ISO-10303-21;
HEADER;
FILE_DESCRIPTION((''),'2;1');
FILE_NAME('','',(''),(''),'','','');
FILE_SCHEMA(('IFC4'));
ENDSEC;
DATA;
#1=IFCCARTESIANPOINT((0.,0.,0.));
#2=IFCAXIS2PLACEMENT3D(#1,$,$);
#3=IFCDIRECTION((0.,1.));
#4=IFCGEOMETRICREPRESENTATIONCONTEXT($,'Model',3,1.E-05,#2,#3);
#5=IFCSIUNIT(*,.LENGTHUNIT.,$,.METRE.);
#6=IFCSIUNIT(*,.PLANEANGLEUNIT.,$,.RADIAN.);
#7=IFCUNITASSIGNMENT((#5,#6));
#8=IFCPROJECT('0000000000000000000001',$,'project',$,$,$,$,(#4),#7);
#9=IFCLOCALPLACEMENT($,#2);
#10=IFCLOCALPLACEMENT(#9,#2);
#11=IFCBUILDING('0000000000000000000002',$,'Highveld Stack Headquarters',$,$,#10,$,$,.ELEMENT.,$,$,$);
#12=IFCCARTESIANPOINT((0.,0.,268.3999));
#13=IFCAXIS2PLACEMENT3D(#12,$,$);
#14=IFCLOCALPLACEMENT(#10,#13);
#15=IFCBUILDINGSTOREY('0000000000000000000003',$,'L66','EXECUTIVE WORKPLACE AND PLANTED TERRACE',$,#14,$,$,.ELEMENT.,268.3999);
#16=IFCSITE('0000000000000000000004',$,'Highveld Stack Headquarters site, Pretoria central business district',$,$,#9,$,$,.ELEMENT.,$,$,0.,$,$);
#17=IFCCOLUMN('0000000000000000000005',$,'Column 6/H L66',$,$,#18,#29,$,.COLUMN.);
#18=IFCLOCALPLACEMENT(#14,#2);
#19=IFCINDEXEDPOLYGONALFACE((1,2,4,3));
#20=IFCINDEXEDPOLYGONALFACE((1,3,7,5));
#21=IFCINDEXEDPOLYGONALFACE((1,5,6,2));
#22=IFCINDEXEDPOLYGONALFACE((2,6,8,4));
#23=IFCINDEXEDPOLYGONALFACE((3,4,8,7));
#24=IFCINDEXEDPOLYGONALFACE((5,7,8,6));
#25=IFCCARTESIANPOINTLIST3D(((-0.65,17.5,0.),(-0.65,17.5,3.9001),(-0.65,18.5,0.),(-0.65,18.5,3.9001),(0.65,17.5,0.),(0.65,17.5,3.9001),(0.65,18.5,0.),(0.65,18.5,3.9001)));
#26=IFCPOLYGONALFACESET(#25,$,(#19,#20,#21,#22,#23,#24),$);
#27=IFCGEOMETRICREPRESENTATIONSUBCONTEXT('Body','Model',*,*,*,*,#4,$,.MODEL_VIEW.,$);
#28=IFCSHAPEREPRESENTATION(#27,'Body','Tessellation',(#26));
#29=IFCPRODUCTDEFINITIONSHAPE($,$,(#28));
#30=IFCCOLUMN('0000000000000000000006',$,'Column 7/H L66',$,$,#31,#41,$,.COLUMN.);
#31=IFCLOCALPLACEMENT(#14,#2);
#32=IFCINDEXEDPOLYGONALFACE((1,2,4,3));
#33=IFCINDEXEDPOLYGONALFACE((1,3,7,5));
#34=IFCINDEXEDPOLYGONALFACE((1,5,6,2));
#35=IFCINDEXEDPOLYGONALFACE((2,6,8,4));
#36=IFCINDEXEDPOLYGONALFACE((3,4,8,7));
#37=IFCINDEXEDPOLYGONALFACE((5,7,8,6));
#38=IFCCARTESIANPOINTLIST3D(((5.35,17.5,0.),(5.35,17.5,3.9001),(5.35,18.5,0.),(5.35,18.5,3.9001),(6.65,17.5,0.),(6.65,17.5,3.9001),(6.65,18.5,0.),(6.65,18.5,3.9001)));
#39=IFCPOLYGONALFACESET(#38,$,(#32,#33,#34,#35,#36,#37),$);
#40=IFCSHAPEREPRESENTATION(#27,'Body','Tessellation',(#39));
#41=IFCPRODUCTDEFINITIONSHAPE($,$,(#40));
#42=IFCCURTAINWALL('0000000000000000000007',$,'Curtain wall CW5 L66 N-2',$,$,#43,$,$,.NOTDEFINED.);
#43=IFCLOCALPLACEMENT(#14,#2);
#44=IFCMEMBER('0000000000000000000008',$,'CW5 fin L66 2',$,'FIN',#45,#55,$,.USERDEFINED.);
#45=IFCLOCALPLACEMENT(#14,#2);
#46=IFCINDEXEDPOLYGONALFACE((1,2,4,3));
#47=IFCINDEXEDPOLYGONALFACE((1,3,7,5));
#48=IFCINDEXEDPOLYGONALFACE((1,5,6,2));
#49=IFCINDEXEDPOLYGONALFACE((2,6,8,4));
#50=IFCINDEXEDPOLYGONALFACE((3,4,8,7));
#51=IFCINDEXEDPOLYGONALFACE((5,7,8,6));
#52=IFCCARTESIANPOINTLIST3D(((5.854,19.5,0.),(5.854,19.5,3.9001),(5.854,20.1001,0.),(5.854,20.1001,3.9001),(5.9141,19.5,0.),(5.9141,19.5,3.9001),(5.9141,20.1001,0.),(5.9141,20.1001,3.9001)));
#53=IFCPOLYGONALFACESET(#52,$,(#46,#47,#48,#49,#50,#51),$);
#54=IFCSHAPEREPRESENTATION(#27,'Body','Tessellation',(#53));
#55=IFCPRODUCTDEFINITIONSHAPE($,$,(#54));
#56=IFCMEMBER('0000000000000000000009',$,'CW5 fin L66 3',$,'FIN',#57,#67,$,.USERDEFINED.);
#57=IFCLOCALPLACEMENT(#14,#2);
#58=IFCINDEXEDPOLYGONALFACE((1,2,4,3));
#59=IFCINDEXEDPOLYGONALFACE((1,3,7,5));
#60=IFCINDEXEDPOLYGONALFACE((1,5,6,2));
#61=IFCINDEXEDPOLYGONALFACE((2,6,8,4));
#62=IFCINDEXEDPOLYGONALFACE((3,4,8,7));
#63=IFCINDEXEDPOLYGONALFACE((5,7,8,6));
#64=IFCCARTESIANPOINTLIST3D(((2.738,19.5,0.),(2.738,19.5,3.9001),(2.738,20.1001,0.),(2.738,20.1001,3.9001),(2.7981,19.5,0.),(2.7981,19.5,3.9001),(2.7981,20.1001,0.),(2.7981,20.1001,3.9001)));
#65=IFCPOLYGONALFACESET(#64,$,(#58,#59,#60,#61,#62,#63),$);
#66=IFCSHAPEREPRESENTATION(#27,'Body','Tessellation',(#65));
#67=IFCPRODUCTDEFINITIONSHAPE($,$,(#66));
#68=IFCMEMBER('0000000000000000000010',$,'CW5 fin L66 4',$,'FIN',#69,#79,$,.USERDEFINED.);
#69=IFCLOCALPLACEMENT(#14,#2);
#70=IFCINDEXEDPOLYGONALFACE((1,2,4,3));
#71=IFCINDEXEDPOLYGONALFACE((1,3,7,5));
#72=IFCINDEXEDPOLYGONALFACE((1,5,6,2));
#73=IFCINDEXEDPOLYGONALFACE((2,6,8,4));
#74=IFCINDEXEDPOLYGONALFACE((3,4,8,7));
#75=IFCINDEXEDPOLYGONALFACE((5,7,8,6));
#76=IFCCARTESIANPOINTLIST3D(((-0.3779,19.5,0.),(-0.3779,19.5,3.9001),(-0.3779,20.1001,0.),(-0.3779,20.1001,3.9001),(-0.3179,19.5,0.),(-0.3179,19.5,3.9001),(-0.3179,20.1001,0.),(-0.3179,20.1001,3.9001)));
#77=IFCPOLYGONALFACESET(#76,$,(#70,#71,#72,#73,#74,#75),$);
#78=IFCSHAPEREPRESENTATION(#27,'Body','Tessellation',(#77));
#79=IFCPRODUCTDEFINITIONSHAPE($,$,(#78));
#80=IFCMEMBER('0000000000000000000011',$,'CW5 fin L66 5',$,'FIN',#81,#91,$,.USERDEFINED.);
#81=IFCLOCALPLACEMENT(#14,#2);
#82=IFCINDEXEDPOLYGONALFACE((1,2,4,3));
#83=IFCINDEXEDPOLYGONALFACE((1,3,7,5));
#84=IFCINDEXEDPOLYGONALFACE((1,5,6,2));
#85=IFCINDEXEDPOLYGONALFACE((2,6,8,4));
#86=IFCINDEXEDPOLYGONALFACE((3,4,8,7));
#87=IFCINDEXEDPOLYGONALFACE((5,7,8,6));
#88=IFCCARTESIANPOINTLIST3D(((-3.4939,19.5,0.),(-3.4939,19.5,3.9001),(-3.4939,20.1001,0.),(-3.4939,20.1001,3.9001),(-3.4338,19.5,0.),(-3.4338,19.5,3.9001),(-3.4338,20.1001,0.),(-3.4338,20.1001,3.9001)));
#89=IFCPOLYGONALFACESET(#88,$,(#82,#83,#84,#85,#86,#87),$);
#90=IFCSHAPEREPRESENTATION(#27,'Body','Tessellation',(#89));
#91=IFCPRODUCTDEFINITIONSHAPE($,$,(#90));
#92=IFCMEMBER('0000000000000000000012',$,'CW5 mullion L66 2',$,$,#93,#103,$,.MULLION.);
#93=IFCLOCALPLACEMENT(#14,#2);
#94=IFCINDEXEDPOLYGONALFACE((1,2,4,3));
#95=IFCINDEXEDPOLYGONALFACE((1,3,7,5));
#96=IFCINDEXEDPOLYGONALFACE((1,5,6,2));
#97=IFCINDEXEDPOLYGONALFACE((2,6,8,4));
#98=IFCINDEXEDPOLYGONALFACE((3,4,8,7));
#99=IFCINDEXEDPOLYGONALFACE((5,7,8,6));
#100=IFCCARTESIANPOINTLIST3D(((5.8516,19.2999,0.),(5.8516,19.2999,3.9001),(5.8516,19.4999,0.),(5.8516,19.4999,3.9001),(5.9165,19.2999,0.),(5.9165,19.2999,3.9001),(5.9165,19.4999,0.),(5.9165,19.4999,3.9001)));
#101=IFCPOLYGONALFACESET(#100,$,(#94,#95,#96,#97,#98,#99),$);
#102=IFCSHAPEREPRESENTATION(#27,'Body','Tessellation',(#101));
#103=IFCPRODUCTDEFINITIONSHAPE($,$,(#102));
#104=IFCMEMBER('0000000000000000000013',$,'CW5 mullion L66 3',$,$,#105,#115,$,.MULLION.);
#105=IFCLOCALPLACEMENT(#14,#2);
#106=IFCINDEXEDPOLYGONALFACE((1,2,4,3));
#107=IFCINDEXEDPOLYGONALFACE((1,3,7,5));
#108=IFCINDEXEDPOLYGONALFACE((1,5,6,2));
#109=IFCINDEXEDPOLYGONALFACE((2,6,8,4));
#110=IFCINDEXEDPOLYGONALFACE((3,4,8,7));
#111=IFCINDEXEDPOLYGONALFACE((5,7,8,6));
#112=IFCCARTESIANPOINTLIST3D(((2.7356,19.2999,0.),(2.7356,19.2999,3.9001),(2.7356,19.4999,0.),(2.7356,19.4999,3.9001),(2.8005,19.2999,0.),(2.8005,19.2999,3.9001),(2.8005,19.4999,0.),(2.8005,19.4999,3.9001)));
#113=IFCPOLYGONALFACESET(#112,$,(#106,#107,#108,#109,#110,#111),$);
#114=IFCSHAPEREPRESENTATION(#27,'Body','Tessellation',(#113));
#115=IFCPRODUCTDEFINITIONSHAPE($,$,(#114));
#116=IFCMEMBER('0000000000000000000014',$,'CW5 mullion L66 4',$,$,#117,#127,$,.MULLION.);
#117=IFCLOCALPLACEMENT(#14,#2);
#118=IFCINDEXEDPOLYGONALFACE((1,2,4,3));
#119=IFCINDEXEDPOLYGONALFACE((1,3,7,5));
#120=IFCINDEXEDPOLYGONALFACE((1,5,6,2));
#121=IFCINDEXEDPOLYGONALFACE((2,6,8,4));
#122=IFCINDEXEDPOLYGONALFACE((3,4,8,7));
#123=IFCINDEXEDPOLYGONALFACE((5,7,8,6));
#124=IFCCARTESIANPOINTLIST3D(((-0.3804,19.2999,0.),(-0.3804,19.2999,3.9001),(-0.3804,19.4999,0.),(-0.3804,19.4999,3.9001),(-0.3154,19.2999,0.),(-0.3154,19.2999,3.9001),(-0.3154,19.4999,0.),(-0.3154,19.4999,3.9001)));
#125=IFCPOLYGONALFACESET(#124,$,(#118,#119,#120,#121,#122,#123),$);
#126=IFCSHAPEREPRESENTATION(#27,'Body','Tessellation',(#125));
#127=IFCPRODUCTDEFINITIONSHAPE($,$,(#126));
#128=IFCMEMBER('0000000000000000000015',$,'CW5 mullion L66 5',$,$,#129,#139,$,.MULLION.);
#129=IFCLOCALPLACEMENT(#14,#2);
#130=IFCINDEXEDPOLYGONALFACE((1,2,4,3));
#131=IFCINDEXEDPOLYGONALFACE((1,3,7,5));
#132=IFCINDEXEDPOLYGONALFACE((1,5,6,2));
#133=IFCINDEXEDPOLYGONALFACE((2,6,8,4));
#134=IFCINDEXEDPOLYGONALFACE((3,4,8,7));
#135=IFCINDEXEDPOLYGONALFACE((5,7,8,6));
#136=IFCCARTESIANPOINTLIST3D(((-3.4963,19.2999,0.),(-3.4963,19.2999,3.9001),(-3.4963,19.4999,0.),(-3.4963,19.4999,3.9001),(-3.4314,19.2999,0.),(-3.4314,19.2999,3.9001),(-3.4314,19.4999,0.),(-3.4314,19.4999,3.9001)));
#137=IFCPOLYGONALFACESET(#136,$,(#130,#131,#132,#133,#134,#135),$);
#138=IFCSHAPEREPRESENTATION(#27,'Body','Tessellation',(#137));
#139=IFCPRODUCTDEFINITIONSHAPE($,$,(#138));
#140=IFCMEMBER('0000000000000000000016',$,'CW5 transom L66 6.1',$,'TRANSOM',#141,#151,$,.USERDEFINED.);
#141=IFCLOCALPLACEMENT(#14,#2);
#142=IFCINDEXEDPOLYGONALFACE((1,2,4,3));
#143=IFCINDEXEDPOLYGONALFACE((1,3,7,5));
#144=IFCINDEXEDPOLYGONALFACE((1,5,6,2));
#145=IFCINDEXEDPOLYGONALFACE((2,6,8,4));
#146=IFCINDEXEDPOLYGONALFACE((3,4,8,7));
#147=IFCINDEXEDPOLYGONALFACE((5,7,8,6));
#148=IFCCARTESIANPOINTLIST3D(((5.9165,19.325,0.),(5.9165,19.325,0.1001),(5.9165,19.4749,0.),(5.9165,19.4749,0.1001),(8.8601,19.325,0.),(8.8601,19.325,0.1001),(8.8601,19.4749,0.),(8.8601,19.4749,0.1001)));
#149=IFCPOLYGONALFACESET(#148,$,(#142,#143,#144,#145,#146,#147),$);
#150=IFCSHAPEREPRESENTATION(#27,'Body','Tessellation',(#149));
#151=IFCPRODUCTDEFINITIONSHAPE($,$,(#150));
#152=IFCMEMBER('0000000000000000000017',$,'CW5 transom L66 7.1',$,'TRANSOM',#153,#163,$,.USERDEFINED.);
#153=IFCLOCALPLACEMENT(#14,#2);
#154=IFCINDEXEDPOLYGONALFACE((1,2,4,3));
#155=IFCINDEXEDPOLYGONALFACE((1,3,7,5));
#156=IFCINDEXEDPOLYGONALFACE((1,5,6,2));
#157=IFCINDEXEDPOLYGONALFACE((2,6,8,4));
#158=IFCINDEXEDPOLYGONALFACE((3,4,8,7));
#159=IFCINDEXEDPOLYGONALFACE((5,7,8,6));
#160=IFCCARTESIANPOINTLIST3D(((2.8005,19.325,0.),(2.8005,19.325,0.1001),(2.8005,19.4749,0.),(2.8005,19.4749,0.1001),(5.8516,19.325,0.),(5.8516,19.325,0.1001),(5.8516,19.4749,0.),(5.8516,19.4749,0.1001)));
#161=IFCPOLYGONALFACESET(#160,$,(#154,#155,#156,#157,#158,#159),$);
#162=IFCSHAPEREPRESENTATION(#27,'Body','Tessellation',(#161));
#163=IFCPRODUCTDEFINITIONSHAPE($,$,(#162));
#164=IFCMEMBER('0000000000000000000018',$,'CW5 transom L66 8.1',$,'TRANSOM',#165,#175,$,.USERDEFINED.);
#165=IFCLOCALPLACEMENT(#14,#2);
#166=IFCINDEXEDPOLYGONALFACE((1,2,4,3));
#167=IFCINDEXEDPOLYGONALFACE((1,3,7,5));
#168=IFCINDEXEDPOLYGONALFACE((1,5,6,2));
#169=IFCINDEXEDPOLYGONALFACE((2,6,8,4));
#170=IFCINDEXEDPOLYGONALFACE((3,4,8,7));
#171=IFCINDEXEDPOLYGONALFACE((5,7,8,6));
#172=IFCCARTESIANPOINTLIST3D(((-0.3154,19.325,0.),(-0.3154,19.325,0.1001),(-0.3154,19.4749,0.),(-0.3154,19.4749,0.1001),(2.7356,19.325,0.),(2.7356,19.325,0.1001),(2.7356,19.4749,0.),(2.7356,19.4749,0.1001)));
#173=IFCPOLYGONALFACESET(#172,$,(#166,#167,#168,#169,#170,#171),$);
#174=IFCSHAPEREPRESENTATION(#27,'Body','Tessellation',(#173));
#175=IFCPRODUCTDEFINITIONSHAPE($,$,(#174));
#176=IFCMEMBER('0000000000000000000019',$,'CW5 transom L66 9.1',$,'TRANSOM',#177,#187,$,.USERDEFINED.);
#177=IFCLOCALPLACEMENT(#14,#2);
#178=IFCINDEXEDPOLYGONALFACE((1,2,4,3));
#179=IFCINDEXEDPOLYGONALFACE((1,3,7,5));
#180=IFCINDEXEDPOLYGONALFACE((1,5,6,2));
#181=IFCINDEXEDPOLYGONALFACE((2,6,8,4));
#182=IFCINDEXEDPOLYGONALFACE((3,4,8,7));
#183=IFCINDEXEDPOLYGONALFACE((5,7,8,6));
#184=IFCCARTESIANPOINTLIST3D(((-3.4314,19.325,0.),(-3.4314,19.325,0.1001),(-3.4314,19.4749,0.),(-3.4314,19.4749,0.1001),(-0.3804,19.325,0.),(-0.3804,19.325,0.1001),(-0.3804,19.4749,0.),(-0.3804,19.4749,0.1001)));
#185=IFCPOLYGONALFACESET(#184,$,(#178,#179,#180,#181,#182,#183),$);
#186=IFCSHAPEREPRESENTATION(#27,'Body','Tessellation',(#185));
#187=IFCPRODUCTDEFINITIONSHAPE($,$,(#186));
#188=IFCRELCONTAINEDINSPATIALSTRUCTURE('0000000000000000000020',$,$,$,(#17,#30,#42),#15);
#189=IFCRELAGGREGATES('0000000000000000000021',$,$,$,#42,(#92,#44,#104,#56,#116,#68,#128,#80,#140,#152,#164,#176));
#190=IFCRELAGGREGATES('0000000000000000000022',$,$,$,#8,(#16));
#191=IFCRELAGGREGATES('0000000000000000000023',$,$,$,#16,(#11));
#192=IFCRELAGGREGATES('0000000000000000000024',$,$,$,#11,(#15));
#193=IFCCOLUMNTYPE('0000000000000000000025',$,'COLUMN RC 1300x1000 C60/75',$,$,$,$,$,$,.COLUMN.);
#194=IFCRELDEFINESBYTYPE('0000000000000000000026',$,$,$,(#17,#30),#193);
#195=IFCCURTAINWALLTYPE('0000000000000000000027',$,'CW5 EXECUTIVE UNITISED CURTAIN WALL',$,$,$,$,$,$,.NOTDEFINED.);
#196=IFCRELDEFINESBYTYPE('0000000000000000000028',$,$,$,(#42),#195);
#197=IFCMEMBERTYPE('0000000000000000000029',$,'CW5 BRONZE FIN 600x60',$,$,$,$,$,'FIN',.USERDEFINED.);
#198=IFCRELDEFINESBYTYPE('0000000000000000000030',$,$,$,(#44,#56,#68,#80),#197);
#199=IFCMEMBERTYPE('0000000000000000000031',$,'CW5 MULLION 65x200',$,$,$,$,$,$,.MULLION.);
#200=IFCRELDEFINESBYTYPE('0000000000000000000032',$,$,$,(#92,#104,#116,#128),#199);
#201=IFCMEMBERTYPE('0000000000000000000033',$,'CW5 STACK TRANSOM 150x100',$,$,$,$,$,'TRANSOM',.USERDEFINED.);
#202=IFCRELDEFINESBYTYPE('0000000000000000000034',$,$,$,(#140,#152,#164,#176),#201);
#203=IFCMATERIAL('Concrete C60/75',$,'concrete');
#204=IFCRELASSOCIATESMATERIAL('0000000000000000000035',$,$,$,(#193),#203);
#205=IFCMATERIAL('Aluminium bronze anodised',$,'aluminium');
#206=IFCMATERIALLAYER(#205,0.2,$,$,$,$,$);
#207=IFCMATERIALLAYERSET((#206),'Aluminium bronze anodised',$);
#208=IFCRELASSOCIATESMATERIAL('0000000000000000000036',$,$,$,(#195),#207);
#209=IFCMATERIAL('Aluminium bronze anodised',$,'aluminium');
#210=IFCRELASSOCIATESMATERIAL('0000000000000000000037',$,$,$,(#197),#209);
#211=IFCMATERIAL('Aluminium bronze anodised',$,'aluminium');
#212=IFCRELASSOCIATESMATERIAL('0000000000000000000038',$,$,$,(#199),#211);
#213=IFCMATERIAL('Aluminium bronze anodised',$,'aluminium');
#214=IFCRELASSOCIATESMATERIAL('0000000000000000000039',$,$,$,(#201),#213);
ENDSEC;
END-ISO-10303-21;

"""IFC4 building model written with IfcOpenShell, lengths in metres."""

from ifc_helpers import new_model, si_unit, direction, frame, origin, origin_2d, place, context, subcontext, project, spatial, rectangle, extrude, material, layer, layer_set, material_profile, profile_set, type_object, element, aggregate, save


model = new_model("IFC4")

# Units and contexts
model_context = context("Model", 3, precision=1e-05, world=origin(), true_north=direction((0.0, 1.0)))
body_context = subcontext(model_context, "Body", "Model", "MODEL_VIEW")
ifc_project = project(units=[si_unit("LENGTHUNIT", "METRE"), si_unit("PLANEANGLEUNIT", "RADIAN")], contexts=[model_context])

# Site, building, storey
site_placement = place(None, origin())
site = spatial("IfcSite", under=ifc_project, at=site_placement, Name="Highveld Stack Headquarters site, Pretoria central business district", CompositionType="ELEMENT", RefElevation=0.0)
building_placement = place(site_placement, origin())
building = spatial("IfcBuilding", under=site, at=building_placement, Name="Highveld Stack Headquarters", CompositionType="ELEMENT")
storey_placement = place(building_placement, frame((0.0, 0.0, 268.3999)))
storey = spatial("IfcBuildingStorey", under=building, at=storey_placement, Name="L66", Description="EXECUTIVE WORKPLACE AND PLANTED TERRACE", CompositionType="ELEMENT", Elevation=268.3999)

# Columns
ifc_material_1 = material(Name="Concrete C60/75", Category="concrete")
ifc_material_profile_1 = material_profile(ifc_material_1, rectangle(XDim=1.3, YDim=1.0, at=origin_2d()), Name="RC 1300x1000")
ifc_profile_set_1 = profile_set([ifc_material_profile_1], Name="Concrete C60/75")
column_type = type_object("IfcColumnType", Name="COLUMN RC 1300x1000 C60/75", PredefinedType="COLUMN", material=ifc_profile_set_1)
for number, where, z_axis, x_axis, name in (
    (1, (0.0, 18.0, 0.0), (0.0, 0.0, 1.0), (1.0, 0.0, 0.0), "Column 6/H L66"),
    (2, (6.0, 18.0, 0.0), (0.0, 0.0, 1.0), (1.0, 0.0, 0.0), "Column 7/H L66"),
):
    element("IfcColumn", number, at=place(storey_placement, frame(where, z_axis=z_axis, x_axis=x_axis)), inside=storey, type_object=column_type, Name=name, PredefinedType="COLUMN", context=body_context, shape_type="SweptSolid", body=[
        extrude(rectangle(XDim=1.3, YDim=1.0, at=origin_2d()), origin(), (0.0, 0.0, 1.0), 3.9001),
    ])

# Curtain wall, members
ifc_material_2 = material(Name="Aluminium bronze anodised", Category="aluminium")
ifc_layer_1 = layer(ifc_material_2, 0.2)
ifc_layer_set_1 = layer_set([ifc_layer_1], Name="Aluminium bronze anodised")
curtain_wall_type = type_object("IfcCurtainWallType", Name="CW5 EXECUTIVE UNITISED CURTAIN WALL", PredefinedType="NOTDEFINED", material=ifc_layer_set_1)
curtain_wall_placement = place(storey_placement, origin())
curtain_wall = element("IfcCurtainWall", 3, at=curtain_wall_placement, inside=storey, type_object=curtain_wall_type, Name="Curtain wall CW5 L66 N-2", PredefinedType="NOTDEFINED")
ifc_material_3 = material(Name="Aluminium bronze anodised", Category="aluminium")
ifc_material_profile_2 = material_profile(ifc_material_3, rectangle(XDim=0.6001, YDim=0.0601, at=origin_2d()), Name="FIN 600x60")
ifc_profile_set_2 = profile_set([ifc_material_profile_2], Name="Aluminium bronze anodised")
member_type_1 = type_object("IfcMemberType", Name="CW5 BRONZE FIN 600x60", ElementType="FIN", PredefinedType="USERDEFINED", material=ifc_profile_set_2)
member_1_placement = place(storey_placement, frame((5.884, 19.8, 0.0), z_axis=(0.0, 0.0, 1.0), x_axis=(0.0, -1.0, 0.0)))
member_1 = element("IfcMember", 4, at=member_1_placement, type_object=member_type_1, Name="CW5 fin L66 2", ObjectType="FIN", PredefinedType="USERDEFINED", context=body_context, shape_type="SweptSolid", body=[
    extrude(rectangle(XDim=0.6001, YDim=0.0601, at=origin_2d()), origin(), (0.0, 0.0, 1.0), 3.9001),
])
member_2_placement = place(storey_placement, frame((2.7681, 19.8, 0.0), z_axis=(0.0, 0.0, 1.0), x_axis=(0.0, -1.0, 0.0)))
member_2 = element("IfcMember", 5, at=member_2_placement, type_object=member_type_1, Name="CW5 fin L66 3", ObjectType="FIN", PredefinedType="USERDEFINED", context=body_context, shape_type="SweptSolid", body=[
    extrude(rectangle(XDim=0.6001, YDim=0.0601, at=origin_2d()), origin(), (0.0, 0.0, 1.0), 3.9001),
])
member_3_placement = place(storey_placement, frame((-0.3479, 19.8, 0.0), z_axis=(0.0, 0.0, 1.0), x_axis=(0.0, -1.0, 0.0)))
member_3 = element("IfcMember", 6, at=member_3_placement, type_object=member_type_1, Name="CW5 fin L66 4", ObjectType="FIN", PredefinedType="USERDEFINED", context=body_context, shape_type="SweptSolid", body=[
    extrude(rectangle(XDim=0.6001, YDim=0.0601, at=origin_2d()), origin(), (0.0, 0.0, 1.0), 3.9001),
])
member_4_placement = place(storey_placement, frame((-3.4639, 19.8, 0.0), z_axis=(0.0, 0.0, 1.0), x_axis=(0.0, -1.0, 0.0)))
member_4 = element("IfcMember", 7, at=member_4_placement, type_object=member_type_1, Name="CW5 fin L66 5", ObjectType="FIN", PredefinedType="USERDEFINED", context=body_context, shape_type="SweptSolid", body=[
    extrude(rectangle(XDim=0.6001, YDim=0.0601, at=origin_2d()), origin(), (0.0, 0.0, 1.0), 3.9001),
])
ifc_material_4 = material(Name="Aluminium bronze anodised", Category="aluminium")
ifc_material_profile_3 = material_profile(ifc_material_4, rectangle(XDim=0.2, YDim=0.0649, at=origin_2d()), Name="CW5 MULLION 65x200")
ifc_profile_set_3 = profile_set([ifc_material_profile_3], Name="Aluminium bronze anodised")
member_type_2 = type_object("IfcMemberType", Name="CW5 MULLION 65x200", PredefinedType="MULLION", material=ifc_profile_set_3)
member_5_placement = place(storey_placement, frame((5.884, 19.3999, 0.0), z_axis=(0.0, 0.0, 1.0), x_axis=(0.0, -1.0, 0.0)))
member_5 = element("IfcMember", 8, at=member_5_placement, type_object=member_type_2, Name="CW5 mullion L66 2", PredefinedType="MULLION", context=body_context, shape_type="SweptSolid", body=[
    extrude(rectangle(XDim=0.2, YDim=0.0649, at=origin_2d()), origin(), (0.0, 0.0, 1.0), 3.9001),
])
member_6_placement = place(storey_placement, frame((2.7681, 19.3999, 0.0), z_axis=(0.0, 0.0, 1.0), x_axis=(0.0, -1.0, 0.0)))
member_6 = element("IfcMember", 9, at=member_6_placement, type_object=member_type_2, Name="CW5 mullion L66 3", PredefinedType="MULLION", context=body_context, shape_type="SweptSolid", body=[
    extrude(rectangle(XDim=0.2, YDim=0.0649, at=origin_2d()), origin(), (0.0, 0.0, 1.0), 3.9001),
])
member_7_placement = place(storey_placement, frame((-0.3479, 19.3999, 0.0), z_axis=(0.0, 0.0, 1.0), x_axis=(0.0, -1.0, 0.0)))
member_7 = element("IfcMember", 10, at=member_7_placement, type_object=member_type_2, Name="CW5 mullion L66 4", PredefinedType="MULLION", context=body_context, shape_type="SweptSolid", body=[
    extrude(rectangle(XDim=0.2, YDim=0.0649, at=origin_2d()), origin(), (0.0, 0.0, 1.0), 3.9001),
])
member_8_placement = place(storey_placement, frame((-3.4639, 19.3999, 0.0), z_axis=(0.0, 0.0, 1.0), x_axis=(0.0, -1.0, 0.0)))
member_8 = element("IfcMember", 11, at=member_8_placement, type_object=member_type_2, Name="CW5 mullion L66 5", PredefinedType="MULLION", context=body_context, shape_type="SweptSolid", body=[
    extrude(rectangle(XDim=0.2, YDim=0.0649, at=origin_2d()), origin(), (0.0, 0.0, 1.0), 3.9001),
])
ifc_material_5 = material(Name="Aluminium bronze anodised", Category="aluminium")
ifc_material_profile_4 = material_profile(ifc_material_5, rectangle(XDim=0.1499, YDim=0.1001, at=origin_2d()), Name="CW5 TRANSOM 150x100")
ifc_profile_set_4 = profile_set([ifc_material_profile_4], Name="Aluminium bronze anodised")
member_type_3 = type_object("IfcMemberType", Name="CW5 STACK TRANSOM 150x100", ElementType="TRANSOM", PredefinedType="USERDEFINED", material=ifc_profile_set_4)
member_9_placement = place(storey_placement, frame((8.8601, 19.3999, 0.05), z_axis=(-1.0, 0.0, 0.0), x_axis=(0.0, -1.0, 0.0)))
member_9 = element("IfcMember", 12, at=member_9_placement, type_object=member_type_3, Name="CW5 transom L66 6.1", ObjectType="TRANSOM", PredefinedType="USERDEFINED", context=body_context, shape_type="SweptSolid", body=[
    extrude(rectangle(XDim=0.1499, YDim=0.1001, at=origin_2d()), origin(), (0.0, 0.0, 1.0), 2.9436),
])
member_10_placement = place(storey_placement, frame((5.8516, 19.3999, 0.05), z_axis=(-1.0, 0.0, 0.0), x_axis=(0.0, -1.0, 0.0)))
member_10 = element("IfcMember", 13, at=member_10_placement, type_object=member_type_3, Name="CW5 transom L66 7.1", ObjectType="TRANSOM", PredefinedType="USERDEFINED", context=body_context, shape_type="SweptSolid", body=[
    extrude(rectangle(XDim=0.1499, YDim=0.1001, at=origin_2d()), origin(), (0.0, 0.0, 1.0), 3.051),
])
member_11_placement = place(storey_placement, frame((2.7356, 19.3999, 0.05), z_axis=(-1.0, 0.0, 0.0), x_axis=(0.0, -1.0, 0.0)))
member_11 = element("IfcMember", 14, at=member_11_placement, type_object=member_type_3, Name="CW5 transom L66 8.1", ObjectType="TRANSOM", PredefinedType="USERDEFINED", context=body_context, shape_type="SweptSolid", body=[
    extrude(rectangle(XDim=0.1499, YDim=0.1001, at=origin_2d()), origin(), (0.0, 0.0, 1.0), 3.051),
])
member_12_placement = place(storey_placement, frame((-0.3804, 19.3999, 0.05), z_axis=(-1.0, 0.0, 0.0), x_axis=(0.0, -1.0, 0.0)))
member_12 = element("IfcMember", 15, at=member_12_placement, type_object=member_type_3, Name="CW5 transom L66 9.1", ObjectType="TRANSOM", PredefinedType="USERDEFINED", context=body_context, shape_type="SweptSolid", body=[
    extrude(rectangle(XDim=0.1499, YDim=0.1001, at=origin_2d()), origin(), (0.0, 0.0, 1.0), 3.051),
])
aggregate(curtain_wall, [member_5, member_1, member_6, member_2, member_7, member_3, member_8, member_4, member_9, member_10, member_11, member_12])

save(model, "model.ifc")
